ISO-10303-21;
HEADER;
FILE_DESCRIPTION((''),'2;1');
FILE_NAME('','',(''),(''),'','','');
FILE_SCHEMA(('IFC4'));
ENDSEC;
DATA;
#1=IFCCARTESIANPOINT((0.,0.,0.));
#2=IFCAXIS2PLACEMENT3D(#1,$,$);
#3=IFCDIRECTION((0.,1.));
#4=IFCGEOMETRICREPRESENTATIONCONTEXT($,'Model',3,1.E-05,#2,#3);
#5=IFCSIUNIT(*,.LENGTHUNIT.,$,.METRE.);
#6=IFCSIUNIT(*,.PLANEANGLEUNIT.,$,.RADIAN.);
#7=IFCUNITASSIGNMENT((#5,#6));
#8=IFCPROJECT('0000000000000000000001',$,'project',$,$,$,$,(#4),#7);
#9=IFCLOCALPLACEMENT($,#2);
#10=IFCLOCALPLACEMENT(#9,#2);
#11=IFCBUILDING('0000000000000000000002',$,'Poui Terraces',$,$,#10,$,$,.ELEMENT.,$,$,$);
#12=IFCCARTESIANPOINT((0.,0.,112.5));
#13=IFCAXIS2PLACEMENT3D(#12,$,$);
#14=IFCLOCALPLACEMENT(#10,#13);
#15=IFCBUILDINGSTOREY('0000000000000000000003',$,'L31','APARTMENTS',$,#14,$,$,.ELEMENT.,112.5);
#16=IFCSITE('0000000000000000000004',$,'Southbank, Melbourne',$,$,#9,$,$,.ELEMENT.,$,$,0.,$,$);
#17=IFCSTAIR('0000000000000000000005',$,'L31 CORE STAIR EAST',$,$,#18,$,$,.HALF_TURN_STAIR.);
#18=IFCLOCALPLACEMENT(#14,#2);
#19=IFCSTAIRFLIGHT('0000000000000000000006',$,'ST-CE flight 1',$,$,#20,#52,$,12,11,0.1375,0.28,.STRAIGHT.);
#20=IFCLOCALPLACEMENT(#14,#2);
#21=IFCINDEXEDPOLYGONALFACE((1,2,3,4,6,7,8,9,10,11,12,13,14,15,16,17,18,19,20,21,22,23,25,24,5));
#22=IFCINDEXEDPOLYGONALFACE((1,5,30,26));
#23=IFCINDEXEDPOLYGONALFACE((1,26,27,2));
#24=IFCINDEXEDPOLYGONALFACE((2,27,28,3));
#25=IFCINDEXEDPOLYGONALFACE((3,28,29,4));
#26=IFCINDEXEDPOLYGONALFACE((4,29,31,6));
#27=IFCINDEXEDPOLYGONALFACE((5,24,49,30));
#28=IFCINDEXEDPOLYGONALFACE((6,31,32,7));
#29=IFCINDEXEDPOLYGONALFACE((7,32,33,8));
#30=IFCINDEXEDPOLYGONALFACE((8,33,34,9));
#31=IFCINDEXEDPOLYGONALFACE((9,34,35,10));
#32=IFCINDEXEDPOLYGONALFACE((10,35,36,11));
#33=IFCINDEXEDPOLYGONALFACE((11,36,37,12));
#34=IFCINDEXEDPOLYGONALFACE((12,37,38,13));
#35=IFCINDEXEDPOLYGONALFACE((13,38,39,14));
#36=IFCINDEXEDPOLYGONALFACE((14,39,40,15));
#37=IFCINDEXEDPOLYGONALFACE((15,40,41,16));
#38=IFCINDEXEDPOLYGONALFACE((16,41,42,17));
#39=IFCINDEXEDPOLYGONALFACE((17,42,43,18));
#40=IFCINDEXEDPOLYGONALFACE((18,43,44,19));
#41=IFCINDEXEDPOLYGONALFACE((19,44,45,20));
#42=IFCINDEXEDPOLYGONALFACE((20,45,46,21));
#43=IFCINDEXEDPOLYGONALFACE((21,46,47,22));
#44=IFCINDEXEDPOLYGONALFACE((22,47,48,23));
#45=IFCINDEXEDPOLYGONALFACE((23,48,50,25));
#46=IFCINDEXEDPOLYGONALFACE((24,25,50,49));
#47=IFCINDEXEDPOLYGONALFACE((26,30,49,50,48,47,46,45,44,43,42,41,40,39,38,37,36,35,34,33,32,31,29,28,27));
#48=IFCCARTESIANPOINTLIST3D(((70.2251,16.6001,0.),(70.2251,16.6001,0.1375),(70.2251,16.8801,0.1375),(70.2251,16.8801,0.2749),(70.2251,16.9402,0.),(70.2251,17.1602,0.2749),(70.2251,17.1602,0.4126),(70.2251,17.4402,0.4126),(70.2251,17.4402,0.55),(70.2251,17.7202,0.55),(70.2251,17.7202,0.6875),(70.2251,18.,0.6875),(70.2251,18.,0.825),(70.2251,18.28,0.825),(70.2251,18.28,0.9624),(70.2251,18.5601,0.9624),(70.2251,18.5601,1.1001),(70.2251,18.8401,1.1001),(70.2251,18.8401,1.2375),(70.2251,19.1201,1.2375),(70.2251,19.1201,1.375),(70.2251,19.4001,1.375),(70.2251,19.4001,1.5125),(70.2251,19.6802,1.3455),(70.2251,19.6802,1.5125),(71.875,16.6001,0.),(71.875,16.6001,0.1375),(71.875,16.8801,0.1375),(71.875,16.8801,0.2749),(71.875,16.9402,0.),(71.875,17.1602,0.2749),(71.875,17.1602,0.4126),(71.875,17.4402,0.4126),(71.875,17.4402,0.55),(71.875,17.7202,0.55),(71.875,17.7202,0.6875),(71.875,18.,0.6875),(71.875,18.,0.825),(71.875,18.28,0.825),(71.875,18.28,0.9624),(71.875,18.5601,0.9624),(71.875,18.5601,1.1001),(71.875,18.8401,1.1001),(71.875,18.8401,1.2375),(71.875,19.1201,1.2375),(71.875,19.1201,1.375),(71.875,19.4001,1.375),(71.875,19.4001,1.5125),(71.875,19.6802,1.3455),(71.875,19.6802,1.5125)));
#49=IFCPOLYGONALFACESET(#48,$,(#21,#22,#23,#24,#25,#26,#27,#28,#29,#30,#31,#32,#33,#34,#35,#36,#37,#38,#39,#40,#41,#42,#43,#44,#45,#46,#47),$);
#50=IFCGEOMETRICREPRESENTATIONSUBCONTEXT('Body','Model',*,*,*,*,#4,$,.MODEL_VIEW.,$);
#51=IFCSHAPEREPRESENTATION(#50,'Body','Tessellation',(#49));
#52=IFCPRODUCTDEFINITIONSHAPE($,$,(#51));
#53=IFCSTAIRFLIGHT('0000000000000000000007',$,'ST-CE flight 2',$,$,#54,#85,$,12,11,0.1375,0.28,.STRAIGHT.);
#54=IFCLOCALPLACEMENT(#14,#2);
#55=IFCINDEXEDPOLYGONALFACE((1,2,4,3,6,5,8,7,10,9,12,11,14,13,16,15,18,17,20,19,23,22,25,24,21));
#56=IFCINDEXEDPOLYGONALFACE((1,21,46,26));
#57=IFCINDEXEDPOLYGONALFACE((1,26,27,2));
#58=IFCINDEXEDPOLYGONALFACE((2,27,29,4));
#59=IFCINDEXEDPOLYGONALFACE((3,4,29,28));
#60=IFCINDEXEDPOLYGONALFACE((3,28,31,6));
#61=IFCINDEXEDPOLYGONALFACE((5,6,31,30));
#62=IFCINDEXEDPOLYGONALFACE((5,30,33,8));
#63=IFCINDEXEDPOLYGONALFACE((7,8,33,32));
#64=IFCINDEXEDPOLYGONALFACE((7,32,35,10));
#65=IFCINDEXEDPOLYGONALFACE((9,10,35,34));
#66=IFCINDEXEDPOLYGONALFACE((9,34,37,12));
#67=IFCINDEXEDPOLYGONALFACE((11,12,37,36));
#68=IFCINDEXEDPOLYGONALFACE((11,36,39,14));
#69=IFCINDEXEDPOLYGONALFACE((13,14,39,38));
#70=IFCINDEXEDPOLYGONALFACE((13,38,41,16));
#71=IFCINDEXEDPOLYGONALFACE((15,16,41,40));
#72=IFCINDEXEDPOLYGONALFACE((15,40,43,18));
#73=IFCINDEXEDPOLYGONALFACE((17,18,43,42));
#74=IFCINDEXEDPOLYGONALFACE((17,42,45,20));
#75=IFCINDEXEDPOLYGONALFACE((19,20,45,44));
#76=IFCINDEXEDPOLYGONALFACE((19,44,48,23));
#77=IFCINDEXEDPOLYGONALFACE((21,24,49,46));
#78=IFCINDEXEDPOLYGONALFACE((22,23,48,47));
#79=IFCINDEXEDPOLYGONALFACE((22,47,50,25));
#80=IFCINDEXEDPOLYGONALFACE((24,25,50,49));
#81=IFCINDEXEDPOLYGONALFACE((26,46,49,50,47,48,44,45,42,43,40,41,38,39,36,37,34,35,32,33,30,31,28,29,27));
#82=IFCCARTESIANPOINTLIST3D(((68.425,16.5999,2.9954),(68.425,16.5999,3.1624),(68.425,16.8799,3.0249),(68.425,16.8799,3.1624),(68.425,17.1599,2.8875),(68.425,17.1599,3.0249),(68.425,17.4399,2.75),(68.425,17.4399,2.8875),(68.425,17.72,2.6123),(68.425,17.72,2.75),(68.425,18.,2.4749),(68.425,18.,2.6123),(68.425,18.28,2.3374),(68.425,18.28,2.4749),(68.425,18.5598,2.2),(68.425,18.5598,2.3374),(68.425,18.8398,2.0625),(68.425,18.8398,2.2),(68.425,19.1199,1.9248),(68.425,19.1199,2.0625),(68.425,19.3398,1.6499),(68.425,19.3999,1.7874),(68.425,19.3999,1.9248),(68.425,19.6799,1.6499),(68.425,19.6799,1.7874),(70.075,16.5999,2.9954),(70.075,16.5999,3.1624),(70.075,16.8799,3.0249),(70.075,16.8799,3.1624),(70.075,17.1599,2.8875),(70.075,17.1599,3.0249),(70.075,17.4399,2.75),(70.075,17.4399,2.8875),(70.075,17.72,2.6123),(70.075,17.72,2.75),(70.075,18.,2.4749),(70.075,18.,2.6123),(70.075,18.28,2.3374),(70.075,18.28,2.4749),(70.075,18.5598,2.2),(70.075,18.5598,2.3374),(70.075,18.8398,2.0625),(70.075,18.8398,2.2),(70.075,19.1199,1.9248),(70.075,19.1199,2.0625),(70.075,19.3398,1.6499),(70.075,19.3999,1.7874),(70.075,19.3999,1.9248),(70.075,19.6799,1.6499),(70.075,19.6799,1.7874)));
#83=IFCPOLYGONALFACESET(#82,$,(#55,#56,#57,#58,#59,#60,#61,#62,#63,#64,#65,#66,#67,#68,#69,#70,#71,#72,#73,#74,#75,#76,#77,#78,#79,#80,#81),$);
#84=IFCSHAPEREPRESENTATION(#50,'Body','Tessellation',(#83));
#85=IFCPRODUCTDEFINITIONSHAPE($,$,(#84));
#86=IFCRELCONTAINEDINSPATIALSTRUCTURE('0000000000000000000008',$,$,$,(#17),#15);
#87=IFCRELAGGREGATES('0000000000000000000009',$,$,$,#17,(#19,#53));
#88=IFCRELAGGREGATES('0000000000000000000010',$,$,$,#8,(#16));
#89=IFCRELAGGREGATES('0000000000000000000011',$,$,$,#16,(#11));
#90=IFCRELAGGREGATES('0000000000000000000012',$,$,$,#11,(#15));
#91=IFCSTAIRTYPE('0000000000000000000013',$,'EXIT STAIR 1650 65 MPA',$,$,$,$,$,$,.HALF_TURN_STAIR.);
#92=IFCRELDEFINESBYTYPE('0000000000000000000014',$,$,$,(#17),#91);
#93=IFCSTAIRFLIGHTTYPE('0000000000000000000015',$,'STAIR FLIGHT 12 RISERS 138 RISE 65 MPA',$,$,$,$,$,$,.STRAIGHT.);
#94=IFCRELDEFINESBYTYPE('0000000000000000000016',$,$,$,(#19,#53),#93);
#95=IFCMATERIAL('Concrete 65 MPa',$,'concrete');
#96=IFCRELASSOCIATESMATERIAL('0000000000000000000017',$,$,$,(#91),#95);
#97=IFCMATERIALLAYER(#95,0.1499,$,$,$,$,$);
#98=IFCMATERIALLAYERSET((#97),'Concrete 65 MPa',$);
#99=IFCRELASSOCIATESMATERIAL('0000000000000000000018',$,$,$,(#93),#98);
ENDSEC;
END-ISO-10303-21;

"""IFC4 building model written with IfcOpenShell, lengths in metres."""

from ifc_helpers import new_model, si_unit, direction, frame, origin, place, context, subcontext, project, spatial, polyline, outline, extrude, material, layer, layer_set, type_object, element, aggregate, save


model = new_model("IFC4")

# Units and contexts
model_context = context("Model", 3, precision=1e-05, world=origin(), true_north=direction((0.0, 1.0)))
body_context = subcontext(model_context, "Body", "Model", "MODEL_VIEW")
ifc_project = project(units=[si_unit("LENGTHUNIT", "METRE"), si_unit("PLANEANGLEUNIT", "RADIAN")], contexts=[model_context])

# Site, building, storey
site_placement = place(None, origin())
site = spatial("IfcSite", under=ifc_project, at=site_placement, Name="Southbank, Melbourne", CompositionType="ELEMENT", RefElevation=0.0)
building_placement = place(site_placement, origin())
building = spatial("IfcBuilding", under=site, at=building_placement, Name="Poui Terraces", CompositionType="ELEMENT")
storey_placement = place(building_placement, frame((0.0, 0.0, 112.5)))
storey = spatial("IfcBuildingStorey", under=building, at=storey_placement, Name="L31", Description="APARTMENTS", CompositionType="ELEMENT", Elevation=112.5)

# Shared definitions
ifc_material_1 = material(Name="Concrete 65 MPa", Category="concrete")

# Stair, stair flights
stair_type = type_object("IfcStairType", Name="EXIT STAIR 1650 65 MPA", PredefinedType="HALF_TURN_STAIR", material=ifc_material_1)
stair_placement = place(storey_placement, origin())
stair = element("IfcStair", 1, at=stair_placement, inside=storey, type_object=stair_type, Name="L31 CORE STAIR EAST", PredefinedType="HALF_TURN_STAIR")
ifc_layer_1 = layer(ifc_material_1, 0.1499)
ifc_layer_set_1 = layer_set([ifc_layer_1], Name="Concrete 65 MPa")
stair_flight_type = type_object("IfcStairFlightType", Name="STAIR FLIGHT 12 RISERS 138 RISE 65 MPA", PredefinedType="STRAIGHT", material=ifc_layer_set_1)
stair_flight_1_placement = place(storey_placement, frame((71.05, 16.6001, 0.0), z_axis=(0.0, 0.0, 1.0), x_axis=(0.0, 1.0, 0.0)))
stair_flight_1 = element("IfcStairFlight", 2, at=stair_flight_1_placement, type_object=stair_flight_type, Name="ST-CE flight 1", NumberOfRisers=12, NumberOfTreads=11, PredefinedType="STRAIGHT", RiserHeight=0.1375, TreadLength=0.28, context=body_context, shape_type="SweptSolid", body=[
    extrude(outline(polyline([(0.0, 0.0), (0.0, 0.1375), (0.28, 0.1375), (0.28, 0.2749), (0.5601, 0.2749), (0.5601, 0.4126), (0.8401, 0.4126), (0.8401, 0.55), (1.1201, 0.55), (1.1201, 0.6875), (1.3999, 0.6875), (1.3999, 0.825), (1.6799, 0.825), (1.6799, 0.9624), (1.96, 0.9624), (1.96, 1.1001), (2.24, 1.1001), (2.24, 1.2375), (2.52, 1.2375), (2.52, 1.375), (2.8, 1.375), (2.8, 1.5125), (3.0801, 1.5125), (3.0801, 1.6499), (3.0801, 1.3455), (0.3401, 0.0), (0.0, 0.0)])), frame((0.0, 0.825, 0.0), z_axis=(0.0, -1.0, 0.0), x_axis=(1.0, 0.0, 0.0)), (0.0, 0.0, 1.0), 1.6499),
])
stair_flight_2_placement = place(storey_placement, frame((69.25, 19.6799, 1.6499), z_axis=(0.0, 0.0, 1.0), x_axis=(0.0, -1.0, 0.0)))
stair_flight_2 = element("IfcStairFlight", 3, at=stair_flight_2_placement, type_object=stair_flight_type, Name="ST-CE flight 2", NumberOfRisers=12, NumberOfTreads=11, PredefinedType="STRAIGHT", RiserHeight=0.1375, TreadLength=0.28, context=body_context, shape_type="SweptSolid", body=[
    extrude(outline(polyline([(0.0, 0.0), (0.0, 0.1375), (0.28, 0.1375), (0.28, 0.2749), (0.5601, 0.2749), (0.5601, 0.4126), (0.8401, 0.4126), (0.8401, 0.55), (1.1201, 0.55), (1.1201, 0.6875), (1.3999, 0.6875), (1.3999, 0.825), (1.6799, 0.825), (1.6799, 0.9624), (1.96, 0.9624), (1.96, 1.1001), (2.24, 1.1001), (2.24, 1.2375), (2.52, 1.2375), (2.52, 1.375), (2.8, 1.375), (2.8, 1.5125), (3.0801, 1.5125), (3.0801, 1.6499), (3.0801, 1.3455), (0.3401, 0.0), (0.0, 0.0)])), frame((0.0, 0.825, 0.0), z_axis=(0.0, -1.0, 0.0), x_axis=(1.0, 0.0, 0.0)), (0.0, 0.0, 1.0), 1.6499),
])
aggregate(stair, [stair_flight_1, stair_flight_2])

save(model, "model.ifc")
